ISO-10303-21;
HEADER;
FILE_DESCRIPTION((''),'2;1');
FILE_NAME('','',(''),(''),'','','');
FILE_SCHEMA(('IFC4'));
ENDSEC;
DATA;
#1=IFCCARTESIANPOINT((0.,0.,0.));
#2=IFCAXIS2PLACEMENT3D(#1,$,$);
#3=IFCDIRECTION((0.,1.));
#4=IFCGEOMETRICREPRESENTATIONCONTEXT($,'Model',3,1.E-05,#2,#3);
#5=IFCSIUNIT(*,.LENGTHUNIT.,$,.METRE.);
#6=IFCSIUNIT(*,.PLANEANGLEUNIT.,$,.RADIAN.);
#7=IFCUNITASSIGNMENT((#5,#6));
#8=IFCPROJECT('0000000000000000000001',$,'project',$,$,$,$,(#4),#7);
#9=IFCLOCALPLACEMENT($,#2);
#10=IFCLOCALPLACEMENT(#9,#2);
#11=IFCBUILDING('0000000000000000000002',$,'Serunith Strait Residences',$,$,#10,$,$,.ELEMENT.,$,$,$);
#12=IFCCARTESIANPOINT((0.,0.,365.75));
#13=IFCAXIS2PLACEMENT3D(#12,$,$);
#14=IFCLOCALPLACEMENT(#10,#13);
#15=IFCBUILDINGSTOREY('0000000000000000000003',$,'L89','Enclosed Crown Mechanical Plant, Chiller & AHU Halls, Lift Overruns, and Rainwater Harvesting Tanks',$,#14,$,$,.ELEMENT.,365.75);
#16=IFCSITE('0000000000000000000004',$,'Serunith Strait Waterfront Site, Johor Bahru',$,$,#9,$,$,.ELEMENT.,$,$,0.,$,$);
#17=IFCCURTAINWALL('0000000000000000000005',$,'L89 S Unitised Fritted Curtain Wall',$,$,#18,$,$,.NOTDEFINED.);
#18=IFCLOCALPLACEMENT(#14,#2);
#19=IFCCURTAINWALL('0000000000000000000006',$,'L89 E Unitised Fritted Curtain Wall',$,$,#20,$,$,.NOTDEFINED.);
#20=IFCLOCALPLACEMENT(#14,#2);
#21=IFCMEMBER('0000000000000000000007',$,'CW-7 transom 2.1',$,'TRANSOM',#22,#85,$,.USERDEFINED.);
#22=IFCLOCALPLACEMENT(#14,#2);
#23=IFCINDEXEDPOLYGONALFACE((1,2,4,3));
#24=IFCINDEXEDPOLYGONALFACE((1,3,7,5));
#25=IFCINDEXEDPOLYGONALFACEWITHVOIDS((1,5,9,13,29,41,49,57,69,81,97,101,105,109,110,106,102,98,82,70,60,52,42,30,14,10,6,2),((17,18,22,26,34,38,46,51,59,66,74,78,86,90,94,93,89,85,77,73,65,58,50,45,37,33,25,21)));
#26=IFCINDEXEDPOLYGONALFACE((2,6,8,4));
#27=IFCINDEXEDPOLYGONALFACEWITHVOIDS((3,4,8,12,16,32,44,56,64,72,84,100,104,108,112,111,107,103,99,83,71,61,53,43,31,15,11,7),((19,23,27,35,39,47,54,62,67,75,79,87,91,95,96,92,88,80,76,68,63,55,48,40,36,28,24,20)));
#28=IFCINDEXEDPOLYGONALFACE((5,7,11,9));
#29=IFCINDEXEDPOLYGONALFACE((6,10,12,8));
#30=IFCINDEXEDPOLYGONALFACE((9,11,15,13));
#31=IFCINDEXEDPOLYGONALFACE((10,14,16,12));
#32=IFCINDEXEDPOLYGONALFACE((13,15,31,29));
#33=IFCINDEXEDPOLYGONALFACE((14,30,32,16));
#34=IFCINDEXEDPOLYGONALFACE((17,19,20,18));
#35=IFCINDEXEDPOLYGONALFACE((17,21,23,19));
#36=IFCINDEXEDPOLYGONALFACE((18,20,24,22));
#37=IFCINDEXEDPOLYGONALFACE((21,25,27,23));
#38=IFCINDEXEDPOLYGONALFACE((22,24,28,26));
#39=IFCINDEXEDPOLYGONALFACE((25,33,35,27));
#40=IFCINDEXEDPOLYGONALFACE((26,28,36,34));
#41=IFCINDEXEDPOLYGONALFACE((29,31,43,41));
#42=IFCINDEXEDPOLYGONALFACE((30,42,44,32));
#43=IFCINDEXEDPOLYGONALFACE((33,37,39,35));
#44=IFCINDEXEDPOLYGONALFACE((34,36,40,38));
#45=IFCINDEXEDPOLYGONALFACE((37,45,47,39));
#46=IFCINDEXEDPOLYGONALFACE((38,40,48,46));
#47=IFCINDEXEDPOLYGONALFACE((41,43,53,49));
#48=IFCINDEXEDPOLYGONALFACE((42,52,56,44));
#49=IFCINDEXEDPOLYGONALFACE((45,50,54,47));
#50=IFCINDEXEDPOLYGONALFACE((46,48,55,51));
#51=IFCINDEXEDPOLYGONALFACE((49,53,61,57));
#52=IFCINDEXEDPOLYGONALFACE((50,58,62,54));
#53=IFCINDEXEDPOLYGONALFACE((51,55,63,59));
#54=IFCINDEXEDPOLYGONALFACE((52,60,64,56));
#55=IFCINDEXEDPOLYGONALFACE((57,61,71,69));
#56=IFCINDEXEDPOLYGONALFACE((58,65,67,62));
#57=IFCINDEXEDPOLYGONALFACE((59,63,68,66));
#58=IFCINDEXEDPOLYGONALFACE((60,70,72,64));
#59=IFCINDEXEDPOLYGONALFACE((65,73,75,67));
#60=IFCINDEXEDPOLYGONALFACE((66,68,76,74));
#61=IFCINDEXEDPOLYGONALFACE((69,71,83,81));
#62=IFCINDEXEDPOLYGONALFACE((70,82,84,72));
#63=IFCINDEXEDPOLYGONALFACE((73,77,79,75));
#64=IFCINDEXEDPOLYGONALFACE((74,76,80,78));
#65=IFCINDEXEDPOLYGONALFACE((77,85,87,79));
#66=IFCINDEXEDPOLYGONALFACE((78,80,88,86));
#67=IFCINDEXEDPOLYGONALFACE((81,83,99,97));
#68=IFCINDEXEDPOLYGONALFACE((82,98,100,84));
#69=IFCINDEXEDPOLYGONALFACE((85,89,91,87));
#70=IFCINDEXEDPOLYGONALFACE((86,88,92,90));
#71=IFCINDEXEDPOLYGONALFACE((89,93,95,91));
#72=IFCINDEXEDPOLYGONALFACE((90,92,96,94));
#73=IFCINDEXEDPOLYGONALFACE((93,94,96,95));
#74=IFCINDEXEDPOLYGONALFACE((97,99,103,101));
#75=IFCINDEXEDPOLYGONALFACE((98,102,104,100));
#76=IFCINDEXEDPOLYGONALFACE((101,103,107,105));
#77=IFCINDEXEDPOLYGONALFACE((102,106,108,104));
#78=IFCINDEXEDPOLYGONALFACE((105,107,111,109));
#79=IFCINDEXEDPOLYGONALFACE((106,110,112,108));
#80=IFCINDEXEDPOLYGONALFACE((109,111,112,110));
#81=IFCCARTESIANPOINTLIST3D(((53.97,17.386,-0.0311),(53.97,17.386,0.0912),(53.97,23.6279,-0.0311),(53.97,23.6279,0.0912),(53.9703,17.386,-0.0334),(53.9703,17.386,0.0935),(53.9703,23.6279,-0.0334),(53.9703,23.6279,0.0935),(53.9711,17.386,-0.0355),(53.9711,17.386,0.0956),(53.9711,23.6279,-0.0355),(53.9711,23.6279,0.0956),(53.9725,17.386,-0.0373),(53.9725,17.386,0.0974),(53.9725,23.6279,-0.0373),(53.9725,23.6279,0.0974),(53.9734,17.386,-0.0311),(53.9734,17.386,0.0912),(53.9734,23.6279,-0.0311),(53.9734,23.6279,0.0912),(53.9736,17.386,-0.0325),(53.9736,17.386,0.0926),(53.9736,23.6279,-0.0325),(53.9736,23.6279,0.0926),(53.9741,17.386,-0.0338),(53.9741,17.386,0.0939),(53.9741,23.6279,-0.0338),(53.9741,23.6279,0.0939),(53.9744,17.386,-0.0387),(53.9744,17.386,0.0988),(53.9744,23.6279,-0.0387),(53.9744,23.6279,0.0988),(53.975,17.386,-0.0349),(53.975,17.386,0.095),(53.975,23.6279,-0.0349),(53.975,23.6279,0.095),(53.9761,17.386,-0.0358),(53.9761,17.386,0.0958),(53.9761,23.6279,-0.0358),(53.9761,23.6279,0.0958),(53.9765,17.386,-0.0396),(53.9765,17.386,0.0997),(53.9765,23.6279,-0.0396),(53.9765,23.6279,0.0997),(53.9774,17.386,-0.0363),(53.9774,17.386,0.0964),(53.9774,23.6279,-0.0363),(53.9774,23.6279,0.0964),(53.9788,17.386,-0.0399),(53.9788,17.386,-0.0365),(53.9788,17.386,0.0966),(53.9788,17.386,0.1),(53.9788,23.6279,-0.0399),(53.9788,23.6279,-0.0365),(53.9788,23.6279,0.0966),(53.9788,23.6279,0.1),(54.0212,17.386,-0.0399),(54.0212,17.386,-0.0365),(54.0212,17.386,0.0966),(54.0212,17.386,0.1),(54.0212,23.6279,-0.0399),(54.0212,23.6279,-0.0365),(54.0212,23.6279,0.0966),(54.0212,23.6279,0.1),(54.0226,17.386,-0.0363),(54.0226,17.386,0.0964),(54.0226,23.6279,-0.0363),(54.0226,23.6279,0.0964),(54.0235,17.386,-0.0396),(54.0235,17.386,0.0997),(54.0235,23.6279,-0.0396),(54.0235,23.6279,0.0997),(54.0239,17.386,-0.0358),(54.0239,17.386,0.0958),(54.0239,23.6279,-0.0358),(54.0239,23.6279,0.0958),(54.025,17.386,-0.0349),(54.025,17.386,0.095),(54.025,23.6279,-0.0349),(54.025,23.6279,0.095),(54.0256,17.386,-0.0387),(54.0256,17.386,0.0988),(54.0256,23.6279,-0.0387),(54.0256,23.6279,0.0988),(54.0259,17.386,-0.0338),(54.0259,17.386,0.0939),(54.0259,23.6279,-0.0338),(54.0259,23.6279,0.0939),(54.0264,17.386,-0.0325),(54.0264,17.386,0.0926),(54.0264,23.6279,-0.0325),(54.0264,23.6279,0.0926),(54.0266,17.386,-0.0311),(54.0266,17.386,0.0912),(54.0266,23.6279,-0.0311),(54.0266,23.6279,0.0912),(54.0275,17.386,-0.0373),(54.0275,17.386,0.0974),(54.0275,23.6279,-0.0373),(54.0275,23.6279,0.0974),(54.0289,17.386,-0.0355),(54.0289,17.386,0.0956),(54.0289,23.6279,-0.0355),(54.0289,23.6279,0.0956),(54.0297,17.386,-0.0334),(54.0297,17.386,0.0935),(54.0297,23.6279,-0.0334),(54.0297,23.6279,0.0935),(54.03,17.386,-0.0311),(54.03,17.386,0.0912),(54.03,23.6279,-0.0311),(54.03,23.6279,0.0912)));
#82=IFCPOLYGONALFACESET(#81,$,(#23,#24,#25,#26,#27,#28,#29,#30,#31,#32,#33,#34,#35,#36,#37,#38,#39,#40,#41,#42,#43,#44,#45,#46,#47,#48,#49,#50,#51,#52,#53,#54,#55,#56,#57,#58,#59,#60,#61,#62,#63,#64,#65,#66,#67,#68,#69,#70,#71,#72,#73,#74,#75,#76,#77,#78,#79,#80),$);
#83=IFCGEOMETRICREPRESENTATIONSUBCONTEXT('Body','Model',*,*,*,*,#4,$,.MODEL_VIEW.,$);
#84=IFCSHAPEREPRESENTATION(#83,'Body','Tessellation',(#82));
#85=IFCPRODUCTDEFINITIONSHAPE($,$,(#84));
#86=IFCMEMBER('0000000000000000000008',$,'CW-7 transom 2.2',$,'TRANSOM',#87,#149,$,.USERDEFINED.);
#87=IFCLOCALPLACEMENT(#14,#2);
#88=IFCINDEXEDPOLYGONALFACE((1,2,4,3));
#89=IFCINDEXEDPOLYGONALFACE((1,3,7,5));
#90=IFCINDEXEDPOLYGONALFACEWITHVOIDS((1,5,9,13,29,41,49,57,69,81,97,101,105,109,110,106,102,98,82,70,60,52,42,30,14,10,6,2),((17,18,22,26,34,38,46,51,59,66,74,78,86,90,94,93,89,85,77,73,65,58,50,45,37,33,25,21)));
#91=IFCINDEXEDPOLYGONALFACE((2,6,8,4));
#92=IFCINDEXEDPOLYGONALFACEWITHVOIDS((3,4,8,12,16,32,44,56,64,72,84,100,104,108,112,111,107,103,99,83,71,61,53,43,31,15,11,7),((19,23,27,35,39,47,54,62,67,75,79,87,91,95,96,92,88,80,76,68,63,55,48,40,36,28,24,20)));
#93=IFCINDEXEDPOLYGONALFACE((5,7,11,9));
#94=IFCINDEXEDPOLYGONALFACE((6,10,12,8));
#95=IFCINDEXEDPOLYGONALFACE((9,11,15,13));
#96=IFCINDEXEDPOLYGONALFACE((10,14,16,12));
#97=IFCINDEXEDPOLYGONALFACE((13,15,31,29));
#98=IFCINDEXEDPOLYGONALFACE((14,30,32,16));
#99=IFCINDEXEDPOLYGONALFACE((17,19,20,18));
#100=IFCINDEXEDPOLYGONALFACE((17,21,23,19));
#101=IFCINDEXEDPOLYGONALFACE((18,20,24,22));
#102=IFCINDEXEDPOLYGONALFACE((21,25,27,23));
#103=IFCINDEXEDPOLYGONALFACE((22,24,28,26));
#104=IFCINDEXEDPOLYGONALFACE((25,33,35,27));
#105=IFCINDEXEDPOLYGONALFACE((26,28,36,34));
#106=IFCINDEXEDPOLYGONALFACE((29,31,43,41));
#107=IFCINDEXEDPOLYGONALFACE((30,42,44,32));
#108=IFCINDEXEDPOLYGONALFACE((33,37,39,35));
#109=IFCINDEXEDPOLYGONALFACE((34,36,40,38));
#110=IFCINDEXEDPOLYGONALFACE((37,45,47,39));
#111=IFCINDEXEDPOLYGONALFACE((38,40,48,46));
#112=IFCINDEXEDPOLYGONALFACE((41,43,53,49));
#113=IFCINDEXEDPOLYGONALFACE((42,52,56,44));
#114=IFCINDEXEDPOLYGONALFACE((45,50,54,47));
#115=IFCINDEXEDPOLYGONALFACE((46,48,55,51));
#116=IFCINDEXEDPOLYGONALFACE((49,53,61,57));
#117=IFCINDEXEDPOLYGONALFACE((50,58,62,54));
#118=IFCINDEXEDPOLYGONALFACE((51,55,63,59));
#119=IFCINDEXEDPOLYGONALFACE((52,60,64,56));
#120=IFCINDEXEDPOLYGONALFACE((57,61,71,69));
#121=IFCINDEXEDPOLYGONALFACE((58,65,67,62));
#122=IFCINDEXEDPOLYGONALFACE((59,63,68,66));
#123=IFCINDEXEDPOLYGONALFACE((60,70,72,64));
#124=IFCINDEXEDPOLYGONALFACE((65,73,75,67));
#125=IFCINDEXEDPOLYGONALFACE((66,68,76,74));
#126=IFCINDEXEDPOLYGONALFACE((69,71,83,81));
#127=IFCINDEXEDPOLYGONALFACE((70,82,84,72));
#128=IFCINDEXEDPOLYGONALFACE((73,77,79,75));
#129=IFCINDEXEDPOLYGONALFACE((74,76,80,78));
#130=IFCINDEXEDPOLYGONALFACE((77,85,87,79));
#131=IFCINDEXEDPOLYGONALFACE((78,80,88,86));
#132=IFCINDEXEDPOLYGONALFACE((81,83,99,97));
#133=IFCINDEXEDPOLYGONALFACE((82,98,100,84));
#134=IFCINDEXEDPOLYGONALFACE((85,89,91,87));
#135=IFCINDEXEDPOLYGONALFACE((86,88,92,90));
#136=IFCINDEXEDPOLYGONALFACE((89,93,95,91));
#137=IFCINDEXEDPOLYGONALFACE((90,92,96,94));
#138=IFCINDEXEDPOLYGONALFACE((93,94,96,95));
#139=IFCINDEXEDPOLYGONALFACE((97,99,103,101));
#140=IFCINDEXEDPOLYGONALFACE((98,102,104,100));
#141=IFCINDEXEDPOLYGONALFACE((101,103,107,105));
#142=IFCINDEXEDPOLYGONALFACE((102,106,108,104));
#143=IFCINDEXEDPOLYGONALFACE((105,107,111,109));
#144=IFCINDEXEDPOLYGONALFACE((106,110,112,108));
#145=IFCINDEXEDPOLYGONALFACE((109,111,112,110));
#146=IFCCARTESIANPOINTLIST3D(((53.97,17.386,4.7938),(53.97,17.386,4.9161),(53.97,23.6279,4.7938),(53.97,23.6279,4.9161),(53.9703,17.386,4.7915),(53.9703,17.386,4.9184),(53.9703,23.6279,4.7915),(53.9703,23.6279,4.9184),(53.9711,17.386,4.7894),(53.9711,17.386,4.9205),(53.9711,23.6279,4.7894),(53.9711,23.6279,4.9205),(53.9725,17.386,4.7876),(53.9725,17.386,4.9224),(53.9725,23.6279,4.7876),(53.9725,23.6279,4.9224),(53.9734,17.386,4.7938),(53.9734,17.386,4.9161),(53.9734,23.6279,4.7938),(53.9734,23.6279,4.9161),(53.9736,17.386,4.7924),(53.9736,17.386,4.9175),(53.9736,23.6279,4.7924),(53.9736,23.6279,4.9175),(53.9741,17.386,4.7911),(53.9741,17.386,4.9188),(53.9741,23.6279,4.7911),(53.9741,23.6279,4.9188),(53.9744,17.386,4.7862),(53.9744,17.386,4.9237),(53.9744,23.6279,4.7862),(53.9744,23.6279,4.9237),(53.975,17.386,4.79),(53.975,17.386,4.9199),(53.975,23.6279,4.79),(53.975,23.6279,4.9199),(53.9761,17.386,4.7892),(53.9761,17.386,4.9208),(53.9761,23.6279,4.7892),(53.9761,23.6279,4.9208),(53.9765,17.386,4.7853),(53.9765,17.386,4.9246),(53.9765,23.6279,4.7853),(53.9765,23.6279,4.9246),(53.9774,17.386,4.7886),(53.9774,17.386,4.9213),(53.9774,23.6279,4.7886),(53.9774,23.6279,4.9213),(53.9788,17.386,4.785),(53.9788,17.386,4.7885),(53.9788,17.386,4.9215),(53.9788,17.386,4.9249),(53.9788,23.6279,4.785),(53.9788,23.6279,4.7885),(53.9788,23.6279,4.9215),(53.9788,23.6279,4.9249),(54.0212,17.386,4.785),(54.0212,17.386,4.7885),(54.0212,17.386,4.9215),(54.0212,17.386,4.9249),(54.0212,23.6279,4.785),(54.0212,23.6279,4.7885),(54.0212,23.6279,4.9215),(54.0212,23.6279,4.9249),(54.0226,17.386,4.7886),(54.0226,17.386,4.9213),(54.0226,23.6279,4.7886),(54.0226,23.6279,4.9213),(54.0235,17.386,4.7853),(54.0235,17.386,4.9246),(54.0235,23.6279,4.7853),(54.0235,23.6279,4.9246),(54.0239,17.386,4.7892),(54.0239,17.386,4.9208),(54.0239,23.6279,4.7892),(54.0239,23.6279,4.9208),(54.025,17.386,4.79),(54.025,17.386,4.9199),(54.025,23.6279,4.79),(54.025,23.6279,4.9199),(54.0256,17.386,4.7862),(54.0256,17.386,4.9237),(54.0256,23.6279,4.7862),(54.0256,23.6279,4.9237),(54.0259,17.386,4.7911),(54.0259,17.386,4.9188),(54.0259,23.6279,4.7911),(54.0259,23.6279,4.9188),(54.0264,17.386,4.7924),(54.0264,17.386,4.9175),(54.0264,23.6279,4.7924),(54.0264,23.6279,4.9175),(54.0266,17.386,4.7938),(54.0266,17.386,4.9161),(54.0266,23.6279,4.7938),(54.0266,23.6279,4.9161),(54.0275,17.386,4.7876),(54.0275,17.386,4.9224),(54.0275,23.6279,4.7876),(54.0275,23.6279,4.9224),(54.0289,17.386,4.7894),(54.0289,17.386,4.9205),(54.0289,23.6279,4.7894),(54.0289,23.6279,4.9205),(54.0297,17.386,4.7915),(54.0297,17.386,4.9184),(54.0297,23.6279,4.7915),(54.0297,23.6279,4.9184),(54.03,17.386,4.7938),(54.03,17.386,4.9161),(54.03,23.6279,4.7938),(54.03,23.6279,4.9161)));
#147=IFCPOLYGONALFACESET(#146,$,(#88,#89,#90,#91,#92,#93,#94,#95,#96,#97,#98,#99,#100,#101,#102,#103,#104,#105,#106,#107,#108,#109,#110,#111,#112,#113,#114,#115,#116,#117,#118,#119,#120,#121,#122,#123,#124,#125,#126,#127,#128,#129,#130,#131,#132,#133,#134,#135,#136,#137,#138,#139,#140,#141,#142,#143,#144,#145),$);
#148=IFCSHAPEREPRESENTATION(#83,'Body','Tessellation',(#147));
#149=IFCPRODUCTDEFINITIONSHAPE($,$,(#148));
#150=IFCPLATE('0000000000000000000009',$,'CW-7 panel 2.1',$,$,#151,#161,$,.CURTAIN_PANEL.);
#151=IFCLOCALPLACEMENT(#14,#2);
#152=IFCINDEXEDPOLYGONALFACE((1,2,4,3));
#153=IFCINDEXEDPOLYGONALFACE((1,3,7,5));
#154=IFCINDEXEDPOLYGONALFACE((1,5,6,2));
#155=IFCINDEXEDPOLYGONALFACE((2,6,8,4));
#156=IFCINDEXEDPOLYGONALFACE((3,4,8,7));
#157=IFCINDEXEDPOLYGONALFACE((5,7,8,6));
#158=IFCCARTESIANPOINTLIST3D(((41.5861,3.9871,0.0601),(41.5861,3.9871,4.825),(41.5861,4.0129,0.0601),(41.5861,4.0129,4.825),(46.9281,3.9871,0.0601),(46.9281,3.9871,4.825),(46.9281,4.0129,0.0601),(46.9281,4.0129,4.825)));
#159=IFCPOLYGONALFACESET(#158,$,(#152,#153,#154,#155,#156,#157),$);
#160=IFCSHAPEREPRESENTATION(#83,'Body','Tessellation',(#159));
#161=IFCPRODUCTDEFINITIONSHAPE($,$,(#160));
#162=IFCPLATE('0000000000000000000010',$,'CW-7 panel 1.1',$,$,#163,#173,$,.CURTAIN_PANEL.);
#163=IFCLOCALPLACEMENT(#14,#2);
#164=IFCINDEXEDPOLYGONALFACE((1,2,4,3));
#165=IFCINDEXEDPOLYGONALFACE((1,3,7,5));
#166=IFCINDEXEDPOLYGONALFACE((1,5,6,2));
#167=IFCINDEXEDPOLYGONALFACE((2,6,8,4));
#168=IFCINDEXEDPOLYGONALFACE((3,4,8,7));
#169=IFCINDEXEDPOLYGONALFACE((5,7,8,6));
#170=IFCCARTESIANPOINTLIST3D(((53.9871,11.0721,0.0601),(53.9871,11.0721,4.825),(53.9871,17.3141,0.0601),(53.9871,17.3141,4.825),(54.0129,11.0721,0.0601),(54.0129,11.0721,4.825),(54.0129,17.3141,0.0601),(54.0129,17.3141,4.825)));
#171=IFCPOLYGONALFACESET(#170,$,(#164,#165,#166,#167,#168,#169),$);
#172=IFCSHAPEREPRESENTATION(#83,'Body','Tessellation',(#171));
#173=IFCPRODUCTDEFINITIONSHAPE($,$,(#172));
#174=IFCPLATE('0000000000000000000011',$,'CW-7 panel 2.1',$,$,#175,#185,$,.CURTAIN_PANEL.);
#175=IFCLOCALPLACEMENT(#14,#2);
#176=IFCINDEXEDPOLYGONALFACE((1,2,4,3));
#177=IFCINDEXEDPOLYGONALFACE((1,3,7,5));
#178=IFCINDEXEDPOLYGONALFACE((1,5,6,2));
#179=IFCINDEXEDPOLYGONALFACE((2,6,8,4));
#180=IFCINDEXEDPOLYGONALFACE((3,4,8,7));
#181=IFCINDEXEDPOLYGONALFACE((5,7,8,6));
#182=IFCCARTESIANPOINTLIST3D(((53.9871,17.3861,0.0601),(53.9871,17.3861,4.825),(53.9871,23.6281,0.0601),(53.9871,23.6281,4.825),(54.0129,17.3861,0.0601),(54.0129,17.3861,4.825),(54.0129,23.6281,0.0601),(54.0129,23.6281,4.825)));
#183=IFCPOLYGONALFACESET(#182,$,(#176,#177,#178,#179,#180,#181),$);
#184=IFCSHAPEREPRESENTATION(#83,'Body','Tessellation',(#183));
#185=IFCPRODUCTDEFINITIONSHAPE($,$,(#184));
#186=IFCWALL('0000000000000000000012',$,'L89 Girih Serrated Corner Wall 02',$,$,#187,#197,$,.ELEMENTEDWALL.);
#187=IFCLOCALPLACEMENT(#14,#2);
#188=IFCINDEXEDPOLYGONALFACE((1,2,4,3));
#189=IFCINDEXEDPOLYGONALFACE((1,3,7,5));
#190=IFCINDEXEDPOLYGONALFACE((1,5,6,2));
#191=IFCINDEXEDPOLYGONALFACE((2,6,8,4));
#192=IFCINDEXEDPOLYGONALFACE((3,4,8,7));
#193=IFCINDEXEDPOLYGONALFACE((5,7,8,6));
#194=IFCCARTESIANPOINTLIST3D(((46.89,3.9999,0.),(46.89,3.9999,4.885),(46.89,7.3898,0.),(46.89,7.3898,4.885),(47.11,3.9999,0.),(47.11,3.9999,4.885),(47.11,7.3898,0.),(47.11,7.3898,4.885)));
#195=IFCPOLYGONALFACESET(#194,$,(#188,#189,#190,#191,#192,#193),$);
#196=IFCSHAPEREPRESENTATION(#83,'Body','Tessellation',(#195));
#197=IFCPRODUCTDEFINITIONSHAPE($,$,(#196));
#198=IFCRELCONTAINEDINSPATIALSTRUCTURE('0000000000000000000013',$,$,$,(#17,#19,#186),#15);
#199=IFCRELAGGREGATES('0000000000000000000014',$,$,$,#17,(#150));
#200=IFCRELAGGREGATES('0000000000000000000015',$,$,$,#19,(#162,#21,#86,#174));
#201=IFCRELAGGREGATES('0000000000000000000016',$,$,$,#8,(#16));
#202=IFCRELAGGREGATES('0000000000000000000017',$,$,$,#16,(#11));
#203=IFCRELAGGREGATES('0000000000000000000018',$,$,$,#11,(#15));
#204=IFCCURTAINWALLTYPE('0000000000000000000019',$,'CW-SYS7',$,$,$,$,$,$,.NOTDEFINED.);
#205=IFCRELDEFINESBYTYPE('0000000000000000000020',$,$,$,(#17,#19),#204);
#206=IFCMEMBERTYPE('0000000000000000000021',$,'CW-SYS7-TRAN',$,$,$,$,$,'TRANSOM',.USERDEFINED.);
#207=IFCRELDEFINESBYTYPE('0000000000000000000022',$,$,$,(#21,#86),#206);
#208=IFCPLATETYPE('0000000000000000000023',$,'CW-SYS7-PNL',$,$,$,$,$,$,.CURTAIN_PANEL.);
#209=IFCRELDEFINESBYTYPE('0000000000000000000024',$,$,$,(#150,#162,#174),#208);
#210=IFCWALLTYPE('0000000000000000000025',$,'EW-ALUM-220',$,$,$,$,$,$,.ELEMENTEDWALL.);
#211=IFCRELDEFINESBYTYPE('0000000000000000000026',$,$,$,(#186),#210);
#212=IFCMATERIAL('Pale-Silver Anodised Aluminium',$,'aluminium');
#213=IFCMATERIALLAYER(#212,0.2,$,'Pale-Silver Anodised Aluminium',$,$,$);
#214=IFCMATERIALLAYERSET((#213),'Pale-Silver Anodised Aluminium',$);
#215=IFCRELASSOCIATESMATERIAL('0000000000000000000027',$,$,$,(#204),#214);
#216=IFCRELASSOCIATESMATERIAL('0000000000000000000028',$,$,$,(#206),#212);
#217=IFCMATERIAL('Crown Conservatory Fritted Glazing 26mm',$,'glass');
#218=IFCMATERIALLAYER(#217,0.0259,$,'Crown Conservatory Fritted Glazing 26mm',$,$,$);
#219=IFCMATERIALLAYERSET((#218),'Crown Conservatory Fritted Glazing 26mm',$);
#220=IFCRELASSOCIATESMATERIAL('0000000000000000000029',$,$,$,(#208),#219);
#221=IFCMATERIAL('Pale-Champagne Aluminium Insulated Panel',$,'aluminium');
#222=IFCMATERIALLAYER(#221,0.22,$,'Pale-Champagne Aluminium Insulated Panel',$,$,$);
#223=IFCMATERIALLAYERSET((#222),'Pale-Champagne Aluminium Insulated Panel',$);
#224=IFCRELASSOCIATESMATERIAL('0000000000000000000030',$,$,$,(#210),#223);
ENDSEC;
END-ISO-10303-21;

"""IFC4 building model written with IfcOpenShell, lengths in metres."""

from ifc_helpers import new_model, si_unit, direction, frame, frame_2d, origin, origin_2d, place, context, subcontext, project, spatial, rectangle, hollow_rectangle, extrude, source, transform, mapped, material, layer, layer_set, material_profile, profile_set, type_object, element, aggregate, save


model = new_model("IFC4")

# Units and contexts
model_context = context("Model", 3, precision=1e-05, world=origin(), true_north=direction((0.0, 1.0)))
body_context = subcontext(model_context, "Body", "Model", "MODEL_VIEW")
ifc_project = project(units=[si_unit("LENGTHUNIT", "METRE"), si_unit("PLANEANGLEUNIT", "RADIAN")], contexts=[model_context])

# Site, building, storey
site_placement = place(None, origin())
site = spatial("IfcSite", under=ifc_project, at=site_placement, Name="Serunith Strait Waterfront Site, Johor Bahru", CompositionType="ELEMENT", RefElevation=0.0)
building_placement = place(site_placement, origin())
building = spatial("IfcBuilding", under=site, at=building_placement, Name="Serunith Strait Residences", CompositionType="ELEMENT")
storey_placement = place(building_placement, frame((0.0, 0.0, 365.75)))
storey = spatial("IfcBuildingStorey", under=building, at=storey_placement, Name="L89", Description="Enclosed Crown Mechanical Plant, Chiller & AHU Halls, Lift Overruns, and Rainwater Harvesting Tanks", CompositionType="ELEMENT", Elevation=365.75)

# Curtain wall
ifc_material_1 = material(Name="Pale-Silver Anodised Aluminium", Category="aluminium")
ifc_layer_1 = layer(ifc_material_1, 0.2, Name="Pale-Silver Anodised Aluminium")
ifc_layer_set_1 = layer_set([ifc_layer_1], Name="Pale-Silver Anodised Aluminium")
curtain_wall_type = type_object("IfcCurtainWallType", Name="CW-SYS7", PredefinedType="NOTDEFINED", material=ifc_layer_set_1)
curtain_wall_1_placement = place(storey_placement, origin())
curtain_wall_1 = element("IfcCurtainWall", 1, at=curtain_wall_1_placement, inside=storey, type_object=curtain_wall_type, Name="L89 S Unitised Fritted Curtain Wall", PredefinedType="NOTDEFINED")

# Curtain wall, members
curtain_wall_2_placement = place(storey_placement, origin())
curtain_wall_2 = element("IfcCurtainWall", 2, at=curtain_wall_2_placement, inside=storey, type_object=curtain_wall_type, Name="L89 E Unitised Fritted Curtain Wall", PredefinedType="NOTDEFINED")
ifc_material_profile_1 = material_profile(ifc_material_1, hollow_rectangle(XDim=0.0601, YDim=0.1399, WallThickness=0.0034, InnerFilletRadius=0.0054, OuterFilletRadius=0.0088, at=origin_2d()), Name="ALU 140x60x3.5")
ifc_profile_set_1 = profile_set([ifc_material_profile_1], Name="Pale-Silver Anodised Aluminium")
member_type_1 = type_object("IfcMemberType", Name="CW-SYS7-TRAN", ElementType="TRANSOM", PredefinedType="USERDEFINED", material=ifc_profile_set_1)
shared_shape_1 = source(origin(), body_context, "Body", "SweptSolid", [
    extrude(hollow_rectangle(XDim=0.0601, YDim=0.1399, WallThickness=0.0034, InnerFilletRadius=0.0054, OuterFilletRadius=0.0088, at=origin_2d()), origin(), (0.0, 0.0, 1.0), 6.2419),
])
member_1_placement = place(storey_placement, frame((54.0, 17.386, 0.03), z_axis=(0.0, 1.0, 0.0), x_axis=(-1.0, 0.0, 0.0)))
member_1 = element("IfcMember", 3, at=member_1_placement, type_object=member_type_1, Name="CW-7 transom 2.1", ObjectType="TRANSOM", PredefinedType="USERDEFINED", context=body_context, shape_type="MappedRepresentation", body=[
    mapped(shared_shape_1, transform((0.0, 0.0, 0.0), scale=1.0)),
])
member_2_placement = place(storey_placement, frame((54.0, 17.386, 4.855), z_axis=(0.0, 1.0, 0.0), x_axis=(-1.0, 0.0, 0.0)))
member_2 = element("IfcMember", 4, at=member_2_placement, type_object=member_type_1, Name="CW-7 transom 2.2", ObjectType="TRANSOM", PredefinedType="USERDEFINED", context=body_context, shape_type="MappedRepresentation", body=[
    mapped(shared_shape_1, transform((0.0, 0.0, 0.0), scale=1.0)),
])

# Plates
ifc_material_2 = material(Name="Crown Conservatory Fritted Glazing 26mm", Category="glass")
ifc_layer_2 = layer(ifc_material_2, 0.0259, Name="Crown Conservatory Fritted Glazing 26mm")
ifc_layer_set_2 = layer_set([ifc_layer_2], Name="Crown Conservatory Fritted Glazing 26mm")
plate_type = type_object("IfcPlateType", Name="CW-SYS7-PNL", PredefinedType="CURTAIN_PANEL", material=ifc_layer_set_2)
shared_shape_2 = source(origin(), body_context, "Body", "SweptSolid", [
    extrude(rectangle(XDim=5.342, YDim=0.0259, at=origin_2d()), origin(), (0.0, 0.0, 1.0), 4.7649),
])
plate_1_placement = place(storey_placement, frame((44.2571, 4.0, 0.0601), z_axis=(0.0, 0.0, 1.0), x_axis=(1.0, 0.0, 0.0)))
plate_1 = element("IfcPlate", 5, at=plate_1_placement, type_object=plate_type, Name="CW-7 panel 2.1", PredefinedType="CURTAIN_PANEL", context=body_context, shape_type="MappedRepresentation", body=[
    mapped(shared_shape_2, transform((0.0, 0.0, 0.0), scale=1.0)),
])
aggregate(curtain_wall_1, [plate_1])
shared_shape_3 = source(origin(), body_context, "Body", "SweptSolid", [
    extrude(rectangle(XDim=6.2419, YDim=0.0259, at=origin_2d()), origin(), (0.0, 0.0, 1.0), 4.7649),
])
plate_2_placement = place(storey_placement, frame((54.0, 14.1931, 0.0601), z_axis=(0.0, 0.0, 1.0), x_axis=(0.0, 1.0, 0.0)))
plate_2 = element("IfcPlate", 6, at=plate_2_placement, type_object=plate_type, Name="CW-7 panel 1.1", PredefinedType="CURTAIN_PANEL", context=body_context, shape_type="MappedRepresentation", body=[
    mapped(shared_shape_3, transform((0.0, 0.0, 0.0), scale=1.0)),
])
plate_3_placement = place(storey_placement, frame((54.0, 20.5071, 0.0601), z_axis=(0.0, 0.0, 1.0), x_axis=(0.0, 1.0, 0.0)))
plate_3 = element("IfcPlate", 7, at=plate_3_placement, type_object=plate_type, Name="CW-7 panel 2.1", PredefinedType="CURTAIN_PANEL", context=body_context, shape_type="MappedRepresentation", body=[
    mapped(shared_shape_3, transform((0.0, 0.0, 0.0), scale=1.0)),
])
aggregate(curtain_wall_2, [plate_2, member_1, member_2, plate_3])

# Wall
ifc_material_3 = material(Name="Pale-Champagne Aluminium Insulated Panel", Category="aluminium")
ifc_layer_3 = layer(ifc_material_3, 0.22, Name="Pale-Champagne Aluminium Insulated Panel")
ifc_layer_set_3 = layer_set([ifc_layer_3], Name="Pale-Champagne Aluminium Insulated Panel")
wall_type_1 = type_object("IfcWallType", Name="EW-ALUM-220", PredefinedType="ELEMENTEDWALL", material=ifc_layer_set_3)
wall_1_placement = place(storey_placement, frame((47.0, 4.0, 0.0), z_axis=(0.0, 0.0, 1.0), x_axis=(0.0, 1.0, 0.0)))
element("IfcWall", 8, at=wall_1_placement, inside=storey, type_object=wall_type_1, Name="L89 Girih Serrated Corner Wall 02", PredefinedType="ELEMENTEDWALL", context=body_context, shape_type="SweptSolid", body=[
    extrude(rectangle(XDim=3.3899, YDim=0.22, at=frame_2d((1.6948, 0.0))), origin(), (0.0, 0.0, 1.0), 4.885),
])

save(model, "model.ifc")
